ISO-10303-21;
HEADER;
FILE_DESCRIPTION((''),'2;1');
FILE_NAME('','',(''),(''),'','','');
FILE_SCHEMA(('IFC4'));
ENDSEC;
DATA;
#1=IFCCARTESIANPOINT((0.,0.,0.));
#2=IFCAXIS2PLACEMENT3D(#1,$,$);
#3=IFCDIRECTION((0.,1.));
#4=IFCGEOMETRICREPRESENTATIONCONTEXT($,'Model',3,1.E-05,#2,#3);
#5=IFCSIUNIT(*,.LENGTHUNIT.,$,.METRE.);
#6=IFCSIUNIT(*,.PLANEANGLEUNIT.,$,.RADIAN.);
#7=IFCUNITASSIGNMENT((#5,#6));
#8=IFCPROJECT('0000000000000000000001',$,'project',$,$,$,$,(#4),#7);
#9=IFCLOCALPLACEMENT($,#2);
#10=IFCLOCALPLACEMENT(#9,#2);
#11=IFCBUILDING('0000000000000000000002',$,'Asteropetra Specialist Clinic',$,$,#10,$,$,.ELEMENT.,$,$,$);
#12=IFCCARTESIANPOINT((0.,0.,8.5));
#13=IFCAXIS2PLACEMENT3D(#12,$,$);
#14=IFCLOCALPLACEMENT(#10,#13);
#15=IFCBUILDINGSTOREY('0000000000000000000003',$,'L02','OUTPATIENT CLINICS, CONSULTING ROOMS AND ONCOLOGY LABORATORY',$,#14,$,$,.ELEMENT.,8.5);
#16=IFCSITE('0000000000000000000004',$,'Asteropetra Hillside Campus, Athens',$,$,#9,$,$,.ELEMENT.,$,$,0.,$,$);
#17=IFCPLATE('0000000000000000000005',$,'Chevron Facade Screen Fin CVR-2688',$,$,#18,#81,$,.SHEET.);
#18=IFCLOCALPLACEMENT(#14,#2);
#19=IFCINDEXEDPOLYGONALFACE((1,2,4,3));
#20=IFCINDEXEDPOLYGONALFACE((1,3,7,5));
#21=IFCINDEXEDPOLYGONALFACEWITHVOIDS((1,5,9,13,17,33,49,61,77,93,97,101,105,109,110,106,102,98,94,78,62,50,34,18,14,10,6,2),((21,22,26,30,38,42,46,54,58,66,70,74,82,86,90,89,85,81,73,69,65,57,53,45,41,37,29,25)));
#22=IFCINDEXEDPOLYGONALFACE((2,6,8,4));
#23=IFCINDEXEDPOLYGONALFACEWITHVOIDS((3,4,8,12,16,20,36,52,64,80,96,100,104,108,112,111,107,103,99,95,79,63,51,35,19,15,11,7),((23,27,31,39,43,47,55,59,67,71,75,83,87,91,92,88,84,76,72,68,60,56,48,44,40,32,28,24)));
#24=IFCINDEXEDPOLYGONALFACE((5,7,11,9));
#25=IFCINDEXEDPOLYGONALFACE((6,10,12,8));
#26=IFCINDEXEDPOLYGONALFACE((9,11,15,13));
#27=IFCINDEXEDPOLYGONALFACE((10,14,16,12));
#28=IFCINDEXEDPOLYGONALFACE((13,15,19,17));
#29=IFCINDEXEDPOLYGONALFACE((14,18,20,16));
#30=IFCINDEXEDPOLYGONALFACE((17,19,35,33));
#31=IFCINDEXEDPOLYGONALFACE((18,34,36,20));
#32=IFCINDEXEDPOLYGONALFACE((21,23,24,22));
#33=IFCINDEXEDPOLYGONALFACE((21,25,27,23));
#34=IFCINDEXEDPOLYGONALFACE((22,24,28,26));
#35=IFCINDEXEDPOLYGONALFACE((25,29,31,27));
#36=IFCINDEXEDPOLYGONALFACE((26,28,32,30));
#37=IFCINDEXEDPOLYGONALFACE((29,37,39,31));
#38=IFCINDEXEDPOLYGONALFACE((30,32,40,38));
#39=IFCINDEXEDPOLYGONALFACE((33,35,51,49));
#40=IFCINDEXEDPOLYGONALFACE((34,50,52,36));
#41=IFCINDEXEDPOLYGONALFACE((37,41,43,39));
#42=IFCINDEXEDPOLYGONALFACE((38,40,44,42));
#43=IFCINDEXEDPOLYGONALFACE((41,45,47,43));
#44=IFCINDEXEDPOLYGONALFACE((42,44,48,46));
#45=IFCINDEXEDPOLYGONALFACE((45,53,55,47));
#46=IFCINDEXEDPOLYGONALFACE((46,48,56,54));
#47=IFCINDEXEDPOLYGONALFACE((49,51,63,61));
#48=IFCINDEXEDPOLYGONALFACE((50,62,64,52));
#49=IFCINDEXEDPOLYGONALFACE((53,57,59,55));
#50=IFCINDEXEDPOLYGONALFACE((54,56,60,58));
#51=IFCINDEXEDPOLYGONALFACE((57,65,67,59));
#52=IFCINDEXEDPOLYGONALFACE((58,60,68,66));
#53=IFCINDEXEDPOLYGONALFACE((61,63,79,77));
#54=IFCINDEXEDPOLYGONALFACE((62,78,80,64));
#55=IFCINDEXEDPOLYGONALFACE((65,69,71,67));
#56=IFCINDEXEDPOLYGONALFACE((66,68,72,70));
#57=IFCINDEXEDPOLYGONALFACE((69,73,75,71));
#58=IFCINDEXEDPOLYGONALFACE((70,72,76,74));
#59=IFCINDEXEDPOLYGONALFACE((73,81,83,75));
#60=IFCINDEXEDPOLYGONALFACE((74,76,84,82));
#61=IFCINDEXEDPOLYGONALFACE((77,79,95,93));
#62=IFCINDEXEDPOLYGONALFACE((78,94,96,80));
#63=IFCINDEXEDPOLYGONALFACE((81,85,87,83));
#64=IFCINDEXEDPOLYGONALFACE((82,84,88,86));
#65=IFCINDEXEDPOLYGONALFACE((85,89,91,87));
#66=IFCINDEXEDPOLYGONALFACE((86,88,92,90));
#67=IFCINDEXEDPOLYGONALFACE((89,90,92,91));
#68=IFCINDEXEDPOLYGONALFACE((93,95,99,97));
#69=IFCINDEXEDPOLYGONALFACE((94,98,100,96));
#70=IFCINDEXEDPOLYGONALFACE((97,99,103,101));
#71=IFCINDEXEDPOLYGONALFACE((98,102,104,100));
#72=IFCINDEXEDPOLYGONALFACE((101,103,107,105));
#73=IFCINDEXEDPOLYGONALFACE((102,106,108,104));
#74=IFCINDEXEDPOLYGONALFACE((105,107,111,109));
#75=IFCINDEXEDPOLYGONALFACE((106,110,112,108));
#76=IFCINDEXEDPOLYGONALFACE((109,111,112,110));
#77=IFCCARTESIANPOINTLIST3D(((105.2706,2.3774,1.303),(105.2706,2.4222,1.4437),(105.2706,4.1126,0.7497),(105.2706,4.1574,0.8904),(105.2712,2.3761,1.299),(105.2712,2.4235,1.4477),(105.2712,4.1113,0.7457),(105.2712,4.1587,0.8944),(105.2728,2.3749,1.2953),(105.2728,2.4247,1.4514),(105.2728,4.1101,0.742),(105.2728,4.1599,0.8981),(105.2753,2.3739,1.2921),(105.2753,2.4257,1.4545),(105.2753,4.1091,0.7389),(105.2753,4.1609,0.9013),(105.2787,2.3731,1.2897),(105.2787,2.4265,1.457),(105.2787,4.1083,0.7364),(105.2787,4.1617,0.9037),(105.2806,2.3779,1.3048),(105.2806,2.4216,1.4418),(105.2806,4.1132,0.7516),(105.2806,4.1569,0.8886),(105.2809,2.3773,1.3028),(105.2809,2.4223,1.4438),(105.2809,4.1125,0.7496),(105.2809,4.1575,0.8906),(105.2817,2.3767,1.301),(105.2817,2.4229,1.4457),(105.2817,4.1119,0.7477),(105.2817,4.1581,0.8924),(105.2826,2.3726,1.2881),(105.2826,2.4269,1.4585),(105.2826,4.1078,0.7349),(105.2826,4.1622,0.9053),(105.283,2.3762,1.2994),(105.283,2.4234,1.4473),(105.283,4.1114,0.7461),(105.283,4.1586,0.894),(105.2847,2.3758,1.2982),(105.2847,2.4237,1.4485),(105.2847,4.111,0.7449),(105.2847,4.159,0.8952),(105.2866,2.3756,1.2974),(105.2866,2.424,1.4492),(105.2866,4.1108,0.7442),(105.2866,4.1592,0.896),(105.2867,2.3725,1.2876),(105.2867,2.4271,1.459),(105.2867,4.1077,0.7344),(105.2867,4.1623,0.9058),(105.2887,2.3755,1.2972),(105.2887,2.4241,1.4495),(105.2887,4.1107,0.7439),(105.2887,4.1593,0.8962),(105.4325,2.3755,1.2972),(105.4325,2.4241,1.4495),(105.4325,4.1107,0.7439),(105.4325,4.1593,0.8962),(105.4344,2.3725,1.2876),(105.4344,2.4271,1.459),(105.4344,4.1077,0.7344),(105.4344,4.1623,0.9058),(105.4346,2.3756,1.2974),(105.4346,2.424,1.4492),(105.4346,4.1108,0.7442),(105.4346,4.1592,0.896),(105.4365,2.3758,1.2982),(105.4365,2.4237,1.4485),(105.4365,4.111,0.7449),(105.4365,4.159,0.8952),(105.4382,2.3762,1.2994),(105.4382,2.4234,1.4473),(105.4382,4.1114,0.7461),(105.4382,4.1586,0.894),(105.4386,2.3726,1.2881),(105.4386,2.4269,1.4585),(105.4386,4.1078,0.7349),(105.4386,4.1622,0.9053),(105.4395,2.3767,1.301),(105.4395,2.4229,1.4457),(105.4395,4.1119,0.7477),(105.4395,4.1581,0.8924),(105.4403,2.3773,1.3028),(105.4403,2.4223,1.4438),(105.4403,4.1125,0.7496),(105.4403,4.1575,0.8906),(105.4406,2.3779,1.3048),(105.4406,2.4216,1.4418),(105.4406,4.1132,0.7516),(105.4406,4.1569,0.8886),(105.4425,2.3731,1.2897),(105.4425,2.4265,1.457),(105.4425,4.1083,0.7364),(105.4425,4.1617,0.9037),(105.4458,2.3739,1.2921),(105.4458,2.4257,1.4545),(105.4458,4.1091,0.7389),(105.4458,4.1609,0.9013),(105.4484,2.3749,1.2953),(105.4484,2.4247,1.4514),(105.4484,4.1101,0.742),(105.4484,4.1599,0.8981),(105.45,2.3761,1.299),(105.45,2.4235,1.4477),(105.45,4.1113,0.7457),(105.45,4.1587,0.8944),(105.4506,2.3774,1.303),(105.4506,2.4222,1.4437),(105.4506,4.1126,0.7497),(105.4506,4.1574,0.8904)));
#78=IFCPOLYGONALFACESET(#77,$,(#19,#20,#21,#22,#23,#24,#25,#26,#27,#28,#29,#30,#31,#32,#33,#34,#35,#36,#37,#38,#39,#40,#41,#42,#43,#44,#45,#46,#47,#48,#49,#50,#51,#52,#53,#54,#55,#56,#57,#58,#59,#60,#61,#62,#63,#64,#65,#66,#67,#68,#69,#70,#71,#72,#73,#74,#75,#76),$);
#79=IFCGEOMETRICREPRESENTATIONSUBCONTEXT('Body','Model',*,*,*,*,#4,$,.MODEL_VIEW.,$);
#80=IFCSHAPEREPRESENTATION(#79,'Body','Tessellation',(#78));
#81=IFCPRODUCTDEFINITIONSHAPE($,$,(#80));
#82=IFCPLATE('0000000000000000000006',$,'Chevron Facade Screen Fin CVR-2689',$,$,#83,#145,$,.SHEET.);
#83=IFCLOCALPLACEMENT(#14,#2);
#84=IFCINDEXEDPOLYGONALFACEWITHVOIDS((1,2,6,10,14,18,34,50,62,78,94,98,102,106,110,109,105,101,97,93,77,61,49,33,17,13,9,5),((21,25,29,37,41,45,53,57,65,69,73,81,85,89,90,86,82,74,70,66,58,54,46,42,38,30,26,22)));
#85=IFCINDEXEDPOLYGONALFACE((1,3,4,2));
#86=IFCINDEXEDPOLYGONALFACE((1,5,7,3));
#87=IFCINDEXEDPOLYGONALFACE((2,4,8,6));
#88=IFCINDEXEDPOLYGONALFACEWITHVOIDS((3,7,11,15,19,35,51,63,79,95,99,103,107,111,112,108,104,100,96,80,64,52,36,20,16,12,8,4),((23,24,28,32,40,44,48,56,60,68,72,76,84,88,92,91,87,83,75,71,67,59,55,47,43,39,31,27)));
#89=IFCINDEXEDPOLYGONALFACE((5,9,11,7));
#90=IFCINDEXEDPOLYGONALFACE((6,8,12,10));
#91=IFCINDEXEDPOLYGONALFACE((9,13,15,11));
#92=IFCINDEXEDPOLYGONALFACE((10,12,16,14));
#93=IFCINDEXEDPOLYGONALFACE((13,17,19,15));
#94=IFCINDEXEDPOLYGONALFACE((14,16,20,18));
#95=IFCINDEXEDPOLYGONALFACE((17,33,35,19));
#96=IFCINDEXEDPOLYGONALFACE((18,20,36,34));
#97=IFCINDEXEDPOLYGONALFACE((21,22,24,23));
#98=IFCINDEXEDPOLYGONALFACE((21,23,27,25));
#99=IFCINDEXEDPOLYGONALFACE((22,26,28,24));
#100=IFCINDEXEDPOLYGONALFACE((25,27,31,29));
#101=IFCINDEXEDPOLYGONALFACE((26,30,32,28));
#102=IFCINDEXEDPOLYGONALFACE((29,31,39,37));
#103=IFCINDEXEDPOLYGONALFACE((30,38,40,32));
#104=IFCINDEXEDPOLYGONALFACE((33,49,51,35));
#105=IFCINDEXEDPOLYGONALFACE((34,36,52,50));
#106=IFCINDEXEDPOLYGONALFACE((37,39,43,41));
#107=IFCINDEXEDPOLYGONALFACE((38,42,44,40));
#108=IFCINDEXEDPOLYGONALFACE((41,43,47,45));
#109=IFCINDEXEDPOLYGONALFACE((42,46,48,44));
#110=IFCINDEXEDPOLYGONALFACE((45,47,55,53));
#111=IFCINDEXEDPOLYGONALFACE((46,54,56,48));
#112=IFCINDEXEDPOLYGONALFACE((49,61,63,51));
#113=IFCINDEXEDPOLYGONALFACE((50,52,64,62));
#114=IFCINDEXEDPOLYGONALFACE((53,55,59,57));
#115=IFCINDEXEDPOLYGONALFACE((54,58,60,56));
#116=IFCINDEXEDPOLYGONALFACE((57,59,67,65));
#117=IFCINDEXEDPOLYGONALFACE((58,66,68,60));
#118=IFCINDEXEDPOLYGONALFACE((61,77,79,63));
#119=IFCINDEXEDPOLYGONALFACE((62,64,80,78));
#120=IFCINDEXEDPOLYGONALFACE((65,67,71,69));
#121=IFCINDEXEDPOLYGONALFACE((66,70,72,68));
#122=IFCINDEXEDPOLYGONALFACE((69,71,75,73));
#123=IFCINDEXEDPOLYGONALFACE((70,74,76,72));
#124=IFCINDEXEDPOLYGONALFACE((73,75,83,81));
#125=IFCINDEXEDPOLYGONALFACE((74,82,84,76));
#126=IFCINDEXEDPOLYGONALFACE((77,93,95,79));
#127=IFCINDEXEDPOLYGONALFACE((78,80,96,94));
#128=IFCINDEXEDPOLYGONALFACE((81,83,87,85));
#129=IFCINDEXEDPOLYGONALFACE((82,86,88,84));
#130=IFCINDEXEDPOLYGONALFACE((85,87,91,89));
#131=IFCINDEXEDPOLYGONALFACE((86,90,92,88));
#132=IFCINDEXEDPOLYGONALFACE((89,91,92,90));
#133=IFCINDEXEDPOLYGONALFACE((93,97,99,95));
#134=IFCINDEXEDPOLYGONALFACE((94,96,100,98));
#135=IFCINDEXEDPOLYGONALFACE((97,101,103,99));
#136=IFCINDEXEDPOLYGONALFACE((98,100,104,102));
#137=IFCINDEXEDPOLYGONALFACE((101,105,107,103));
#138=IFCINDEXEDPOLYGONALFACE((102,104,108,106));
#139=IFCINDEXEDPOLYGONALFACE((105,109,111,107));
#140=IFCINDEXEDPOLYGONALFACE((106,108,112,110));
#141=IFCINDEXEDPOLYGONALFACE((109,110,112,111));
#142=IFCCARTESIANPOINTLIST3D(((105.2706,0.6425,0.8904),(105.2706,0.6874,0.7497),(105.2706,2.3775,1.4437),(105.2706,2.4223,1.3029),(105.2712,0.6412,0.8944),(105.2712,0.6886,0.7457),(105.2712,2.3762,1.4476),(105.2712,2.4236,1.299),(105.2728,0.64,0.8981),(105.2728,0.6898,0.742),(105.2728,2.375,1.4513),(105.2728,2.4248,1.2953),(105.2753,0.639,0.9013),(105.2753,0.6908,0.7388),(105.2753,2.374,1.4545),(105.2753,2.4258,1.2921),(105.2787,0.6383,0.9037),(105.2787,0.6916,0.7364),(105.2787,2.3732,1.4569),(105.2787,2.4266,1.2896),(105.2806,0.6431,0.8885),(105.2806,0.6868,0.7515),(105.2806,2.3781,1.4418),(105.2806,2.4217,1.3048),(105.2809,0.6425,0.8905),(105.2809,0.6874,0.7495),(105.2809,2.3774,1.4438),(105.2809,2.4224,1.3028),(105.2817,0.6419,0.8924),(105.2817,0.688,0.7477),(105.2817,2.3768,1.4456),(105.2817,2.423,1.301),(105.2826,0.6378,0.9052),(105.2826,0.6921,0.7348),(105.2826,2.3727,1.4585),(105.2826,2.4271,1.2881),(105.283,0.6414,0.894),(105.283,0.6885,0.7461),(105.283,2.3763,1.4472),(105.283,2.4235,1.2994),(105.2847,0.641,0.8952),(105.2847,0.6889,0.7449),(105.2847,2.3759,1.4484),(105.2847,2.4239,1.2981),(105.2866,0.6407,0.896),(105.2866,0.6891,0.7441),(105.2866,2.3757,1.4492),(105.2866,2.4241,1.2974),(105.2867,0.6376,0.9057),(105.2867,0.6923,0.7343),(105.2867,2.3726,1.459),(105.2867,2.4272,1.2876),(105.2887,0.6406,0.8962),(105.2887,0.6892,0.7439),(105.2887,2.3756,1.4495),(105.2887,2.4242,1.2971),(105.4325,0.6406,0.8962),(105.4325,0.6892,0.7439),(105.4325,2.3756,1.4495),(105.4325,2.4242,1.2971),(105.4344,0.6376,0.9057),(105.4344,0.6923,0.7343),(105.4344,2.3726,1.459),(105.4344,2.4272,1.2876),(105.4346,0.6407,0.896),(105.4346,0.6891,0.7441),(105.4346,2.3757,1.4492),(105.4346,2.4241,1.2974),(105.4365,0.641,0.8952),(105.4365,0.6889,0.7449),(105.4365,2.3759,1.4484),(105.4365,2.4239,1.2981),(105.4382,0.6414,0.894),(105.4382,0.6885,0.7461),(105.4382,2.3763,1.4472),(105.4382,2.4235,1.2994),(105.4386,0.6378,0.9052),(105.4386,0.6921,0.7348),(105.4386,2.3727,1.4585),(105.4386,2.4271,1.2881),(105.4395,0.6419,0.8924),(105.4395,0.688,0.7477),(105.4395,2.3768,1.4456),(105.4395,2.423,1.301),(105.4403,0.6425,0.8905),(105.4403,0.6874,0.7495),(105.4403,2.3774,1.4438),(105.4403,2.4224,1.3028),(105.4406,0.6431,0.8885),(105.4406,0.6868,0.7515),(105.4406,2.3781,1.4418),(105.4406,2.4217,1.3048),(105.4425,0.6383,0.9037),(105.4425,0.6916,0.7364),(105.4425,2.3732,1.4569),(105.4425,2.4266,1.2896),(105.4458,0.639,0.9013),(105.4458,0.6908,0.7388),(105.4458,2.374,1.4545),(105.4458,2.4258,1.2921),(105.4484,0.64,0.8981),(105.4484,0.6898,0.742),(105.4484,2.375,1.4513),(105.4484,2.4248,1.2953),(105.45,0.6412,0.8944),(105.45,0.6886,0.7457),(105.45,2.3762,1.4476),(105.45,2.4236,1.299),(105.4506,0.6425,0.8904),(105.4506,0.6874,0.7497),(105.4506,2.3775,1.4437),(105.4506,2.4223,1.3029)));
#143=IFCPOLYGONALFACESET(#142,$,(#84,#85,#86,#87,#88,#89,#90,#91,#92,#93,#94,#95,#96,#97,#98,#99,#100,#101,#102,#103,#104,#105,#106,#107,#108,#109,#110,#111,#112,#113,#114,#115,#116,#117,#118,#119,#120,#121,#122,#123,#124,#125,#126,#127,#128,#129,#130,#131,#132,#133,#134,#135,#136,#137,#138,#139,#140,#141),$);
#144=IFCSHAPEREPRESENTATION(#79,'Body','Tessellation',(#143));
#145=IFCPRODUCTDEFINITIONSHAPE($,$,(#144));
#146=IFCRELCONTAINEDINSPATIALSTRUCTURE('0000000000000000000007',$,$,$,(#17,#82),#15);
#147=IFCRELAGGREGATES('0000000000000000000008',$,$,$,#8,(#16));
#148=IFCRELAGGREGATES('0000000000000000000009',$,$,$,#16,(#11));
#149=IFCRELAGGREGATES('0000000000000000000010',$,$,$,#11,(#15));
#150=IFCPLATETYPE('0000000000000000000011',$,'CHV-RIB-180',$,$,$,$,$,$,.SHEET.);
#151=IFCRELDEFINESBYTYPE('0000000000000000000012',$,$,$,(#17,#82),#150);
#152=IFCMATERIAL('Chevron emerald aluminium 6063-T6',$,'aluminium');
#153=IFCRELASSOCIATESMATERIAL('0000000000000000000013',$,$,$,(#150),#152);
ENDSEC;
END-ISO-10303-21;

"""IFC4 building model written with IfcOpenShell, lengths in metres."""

from ifc_helpers import new_model, si_unit, direction, frame, origin, origin_2d, place, context, subcontext, project, spatial, hollow_rectangle, extrude, material, material_profile, profile_set, type_object, element, save


model = new_model("IFC4")

# Units and contexts
model_context = context("Model", 3, precision=1e-05, world=origin(), true_north=direction((0.0, 1.0)))
body_context = subcontext(model_context, "Body", "Model", "MODEL_VIEW")
ifc_project = project(units=[si_unit("LENGTHUNIT", "METRE"), si_unit("PLANEANGLEUNIT", "RADIAN")], contexts=[model_context])

# Site, building, storey
site_placement = place(None, origin())
site = spatial("IfcSite", under=ifc_project, at=site_placement, Name="Asteropetra Hillside Campus, Athens", CompositionType="ELEMENT", RefElevation=0.0)
building_placement = place(site_placement, origin())
building = spatial("IfcBuilding", under=site, at=building_placement, Name="Asteropetra Specialist Clinic", CompositionType="ELEMENT")
storey_placement = place(building_placement, frame((0.0, 0.0, 8.5)))
storey = spatial("IfcBuildingStorey", under=building, at=storey_placement, Name="L02", Description="OUTPATIENT CLINICS, CONSULTING ROOMS AND ONCOLOGY LABORATORY", CompositionType="ELEMENT", Elevation=8.5)

# Plates
ifc_material_1 = material(Name="Chevron emerald aluminium 6063-T6", Category="aluminium")
ifc_material_profile = material_profile(ifc_material_1, hollow_rectangle(XDim=0.1799, YDim=0.1799, WallThickness=0.01, InnerFilletRadius=0.0081, OuterFilletRadius=0.0161, at=origin_2d()), Name="SHS 180x180x10.0")
ifc_profile_set = profile_set([ifc_material_profile], Name="Chevron emerald aluminium 6063-T6")
plate_type = type_object("IfcPlateType", Name="CHV-RIB-180", PredefinedType="SHEET", material=ifc_profile_set)
plate_1_placement = place(storey_placement, frame((105.3606, 4.135, 0.8201), z_axis=(0.0, -0.952744, 0.303774), x_axis=(1.0, 0.0, 0.0)))
element("IfcPlate", 1, at=plate_1_placement, inside=storey, type_object=plate_type, Name="Chevron Facade Screen Fin CVR-2688", PredefinedType="SHEET", context=body_context, shape_type="SweptSolid", body=[
    extrude(hollow_rectangle(XDim=0.1799, YDim=0.1799, WallThickness=0.01, InnerFilletRadius=0.0081, OuterFilletRadius=0.0161, at=origin_2d()), origin(), (0.0, 0.0, 1.0), 1.8213),
])
plate_2_placement = place(storey_placement, frame((105.3606, 2.3999, 1.3733), z_axis=(0.0, -0.952732, -0.303812), x_axis=(1.0, 0.0, 0.0)))
element("IfcPlate", 2, at=plate_2_placement, inside=storey, type_object=plate_type, Name="Chevron Facade Screen Fin CVR-2689", PredefinedType="SHEET", context=body_context, shape_type="SweptSolid", body=[
    extrude(hollow_rectangle(XDim=0.1799, YDim=0.1799, WallThickness=0.01, InnerFilletRadius=0.0081, OuterFilletRadius=0.0161, at=origin_2d()), origin(), (0.0, 0.0, 1.0), 1.821),
])

save(model, "model.ifc")
